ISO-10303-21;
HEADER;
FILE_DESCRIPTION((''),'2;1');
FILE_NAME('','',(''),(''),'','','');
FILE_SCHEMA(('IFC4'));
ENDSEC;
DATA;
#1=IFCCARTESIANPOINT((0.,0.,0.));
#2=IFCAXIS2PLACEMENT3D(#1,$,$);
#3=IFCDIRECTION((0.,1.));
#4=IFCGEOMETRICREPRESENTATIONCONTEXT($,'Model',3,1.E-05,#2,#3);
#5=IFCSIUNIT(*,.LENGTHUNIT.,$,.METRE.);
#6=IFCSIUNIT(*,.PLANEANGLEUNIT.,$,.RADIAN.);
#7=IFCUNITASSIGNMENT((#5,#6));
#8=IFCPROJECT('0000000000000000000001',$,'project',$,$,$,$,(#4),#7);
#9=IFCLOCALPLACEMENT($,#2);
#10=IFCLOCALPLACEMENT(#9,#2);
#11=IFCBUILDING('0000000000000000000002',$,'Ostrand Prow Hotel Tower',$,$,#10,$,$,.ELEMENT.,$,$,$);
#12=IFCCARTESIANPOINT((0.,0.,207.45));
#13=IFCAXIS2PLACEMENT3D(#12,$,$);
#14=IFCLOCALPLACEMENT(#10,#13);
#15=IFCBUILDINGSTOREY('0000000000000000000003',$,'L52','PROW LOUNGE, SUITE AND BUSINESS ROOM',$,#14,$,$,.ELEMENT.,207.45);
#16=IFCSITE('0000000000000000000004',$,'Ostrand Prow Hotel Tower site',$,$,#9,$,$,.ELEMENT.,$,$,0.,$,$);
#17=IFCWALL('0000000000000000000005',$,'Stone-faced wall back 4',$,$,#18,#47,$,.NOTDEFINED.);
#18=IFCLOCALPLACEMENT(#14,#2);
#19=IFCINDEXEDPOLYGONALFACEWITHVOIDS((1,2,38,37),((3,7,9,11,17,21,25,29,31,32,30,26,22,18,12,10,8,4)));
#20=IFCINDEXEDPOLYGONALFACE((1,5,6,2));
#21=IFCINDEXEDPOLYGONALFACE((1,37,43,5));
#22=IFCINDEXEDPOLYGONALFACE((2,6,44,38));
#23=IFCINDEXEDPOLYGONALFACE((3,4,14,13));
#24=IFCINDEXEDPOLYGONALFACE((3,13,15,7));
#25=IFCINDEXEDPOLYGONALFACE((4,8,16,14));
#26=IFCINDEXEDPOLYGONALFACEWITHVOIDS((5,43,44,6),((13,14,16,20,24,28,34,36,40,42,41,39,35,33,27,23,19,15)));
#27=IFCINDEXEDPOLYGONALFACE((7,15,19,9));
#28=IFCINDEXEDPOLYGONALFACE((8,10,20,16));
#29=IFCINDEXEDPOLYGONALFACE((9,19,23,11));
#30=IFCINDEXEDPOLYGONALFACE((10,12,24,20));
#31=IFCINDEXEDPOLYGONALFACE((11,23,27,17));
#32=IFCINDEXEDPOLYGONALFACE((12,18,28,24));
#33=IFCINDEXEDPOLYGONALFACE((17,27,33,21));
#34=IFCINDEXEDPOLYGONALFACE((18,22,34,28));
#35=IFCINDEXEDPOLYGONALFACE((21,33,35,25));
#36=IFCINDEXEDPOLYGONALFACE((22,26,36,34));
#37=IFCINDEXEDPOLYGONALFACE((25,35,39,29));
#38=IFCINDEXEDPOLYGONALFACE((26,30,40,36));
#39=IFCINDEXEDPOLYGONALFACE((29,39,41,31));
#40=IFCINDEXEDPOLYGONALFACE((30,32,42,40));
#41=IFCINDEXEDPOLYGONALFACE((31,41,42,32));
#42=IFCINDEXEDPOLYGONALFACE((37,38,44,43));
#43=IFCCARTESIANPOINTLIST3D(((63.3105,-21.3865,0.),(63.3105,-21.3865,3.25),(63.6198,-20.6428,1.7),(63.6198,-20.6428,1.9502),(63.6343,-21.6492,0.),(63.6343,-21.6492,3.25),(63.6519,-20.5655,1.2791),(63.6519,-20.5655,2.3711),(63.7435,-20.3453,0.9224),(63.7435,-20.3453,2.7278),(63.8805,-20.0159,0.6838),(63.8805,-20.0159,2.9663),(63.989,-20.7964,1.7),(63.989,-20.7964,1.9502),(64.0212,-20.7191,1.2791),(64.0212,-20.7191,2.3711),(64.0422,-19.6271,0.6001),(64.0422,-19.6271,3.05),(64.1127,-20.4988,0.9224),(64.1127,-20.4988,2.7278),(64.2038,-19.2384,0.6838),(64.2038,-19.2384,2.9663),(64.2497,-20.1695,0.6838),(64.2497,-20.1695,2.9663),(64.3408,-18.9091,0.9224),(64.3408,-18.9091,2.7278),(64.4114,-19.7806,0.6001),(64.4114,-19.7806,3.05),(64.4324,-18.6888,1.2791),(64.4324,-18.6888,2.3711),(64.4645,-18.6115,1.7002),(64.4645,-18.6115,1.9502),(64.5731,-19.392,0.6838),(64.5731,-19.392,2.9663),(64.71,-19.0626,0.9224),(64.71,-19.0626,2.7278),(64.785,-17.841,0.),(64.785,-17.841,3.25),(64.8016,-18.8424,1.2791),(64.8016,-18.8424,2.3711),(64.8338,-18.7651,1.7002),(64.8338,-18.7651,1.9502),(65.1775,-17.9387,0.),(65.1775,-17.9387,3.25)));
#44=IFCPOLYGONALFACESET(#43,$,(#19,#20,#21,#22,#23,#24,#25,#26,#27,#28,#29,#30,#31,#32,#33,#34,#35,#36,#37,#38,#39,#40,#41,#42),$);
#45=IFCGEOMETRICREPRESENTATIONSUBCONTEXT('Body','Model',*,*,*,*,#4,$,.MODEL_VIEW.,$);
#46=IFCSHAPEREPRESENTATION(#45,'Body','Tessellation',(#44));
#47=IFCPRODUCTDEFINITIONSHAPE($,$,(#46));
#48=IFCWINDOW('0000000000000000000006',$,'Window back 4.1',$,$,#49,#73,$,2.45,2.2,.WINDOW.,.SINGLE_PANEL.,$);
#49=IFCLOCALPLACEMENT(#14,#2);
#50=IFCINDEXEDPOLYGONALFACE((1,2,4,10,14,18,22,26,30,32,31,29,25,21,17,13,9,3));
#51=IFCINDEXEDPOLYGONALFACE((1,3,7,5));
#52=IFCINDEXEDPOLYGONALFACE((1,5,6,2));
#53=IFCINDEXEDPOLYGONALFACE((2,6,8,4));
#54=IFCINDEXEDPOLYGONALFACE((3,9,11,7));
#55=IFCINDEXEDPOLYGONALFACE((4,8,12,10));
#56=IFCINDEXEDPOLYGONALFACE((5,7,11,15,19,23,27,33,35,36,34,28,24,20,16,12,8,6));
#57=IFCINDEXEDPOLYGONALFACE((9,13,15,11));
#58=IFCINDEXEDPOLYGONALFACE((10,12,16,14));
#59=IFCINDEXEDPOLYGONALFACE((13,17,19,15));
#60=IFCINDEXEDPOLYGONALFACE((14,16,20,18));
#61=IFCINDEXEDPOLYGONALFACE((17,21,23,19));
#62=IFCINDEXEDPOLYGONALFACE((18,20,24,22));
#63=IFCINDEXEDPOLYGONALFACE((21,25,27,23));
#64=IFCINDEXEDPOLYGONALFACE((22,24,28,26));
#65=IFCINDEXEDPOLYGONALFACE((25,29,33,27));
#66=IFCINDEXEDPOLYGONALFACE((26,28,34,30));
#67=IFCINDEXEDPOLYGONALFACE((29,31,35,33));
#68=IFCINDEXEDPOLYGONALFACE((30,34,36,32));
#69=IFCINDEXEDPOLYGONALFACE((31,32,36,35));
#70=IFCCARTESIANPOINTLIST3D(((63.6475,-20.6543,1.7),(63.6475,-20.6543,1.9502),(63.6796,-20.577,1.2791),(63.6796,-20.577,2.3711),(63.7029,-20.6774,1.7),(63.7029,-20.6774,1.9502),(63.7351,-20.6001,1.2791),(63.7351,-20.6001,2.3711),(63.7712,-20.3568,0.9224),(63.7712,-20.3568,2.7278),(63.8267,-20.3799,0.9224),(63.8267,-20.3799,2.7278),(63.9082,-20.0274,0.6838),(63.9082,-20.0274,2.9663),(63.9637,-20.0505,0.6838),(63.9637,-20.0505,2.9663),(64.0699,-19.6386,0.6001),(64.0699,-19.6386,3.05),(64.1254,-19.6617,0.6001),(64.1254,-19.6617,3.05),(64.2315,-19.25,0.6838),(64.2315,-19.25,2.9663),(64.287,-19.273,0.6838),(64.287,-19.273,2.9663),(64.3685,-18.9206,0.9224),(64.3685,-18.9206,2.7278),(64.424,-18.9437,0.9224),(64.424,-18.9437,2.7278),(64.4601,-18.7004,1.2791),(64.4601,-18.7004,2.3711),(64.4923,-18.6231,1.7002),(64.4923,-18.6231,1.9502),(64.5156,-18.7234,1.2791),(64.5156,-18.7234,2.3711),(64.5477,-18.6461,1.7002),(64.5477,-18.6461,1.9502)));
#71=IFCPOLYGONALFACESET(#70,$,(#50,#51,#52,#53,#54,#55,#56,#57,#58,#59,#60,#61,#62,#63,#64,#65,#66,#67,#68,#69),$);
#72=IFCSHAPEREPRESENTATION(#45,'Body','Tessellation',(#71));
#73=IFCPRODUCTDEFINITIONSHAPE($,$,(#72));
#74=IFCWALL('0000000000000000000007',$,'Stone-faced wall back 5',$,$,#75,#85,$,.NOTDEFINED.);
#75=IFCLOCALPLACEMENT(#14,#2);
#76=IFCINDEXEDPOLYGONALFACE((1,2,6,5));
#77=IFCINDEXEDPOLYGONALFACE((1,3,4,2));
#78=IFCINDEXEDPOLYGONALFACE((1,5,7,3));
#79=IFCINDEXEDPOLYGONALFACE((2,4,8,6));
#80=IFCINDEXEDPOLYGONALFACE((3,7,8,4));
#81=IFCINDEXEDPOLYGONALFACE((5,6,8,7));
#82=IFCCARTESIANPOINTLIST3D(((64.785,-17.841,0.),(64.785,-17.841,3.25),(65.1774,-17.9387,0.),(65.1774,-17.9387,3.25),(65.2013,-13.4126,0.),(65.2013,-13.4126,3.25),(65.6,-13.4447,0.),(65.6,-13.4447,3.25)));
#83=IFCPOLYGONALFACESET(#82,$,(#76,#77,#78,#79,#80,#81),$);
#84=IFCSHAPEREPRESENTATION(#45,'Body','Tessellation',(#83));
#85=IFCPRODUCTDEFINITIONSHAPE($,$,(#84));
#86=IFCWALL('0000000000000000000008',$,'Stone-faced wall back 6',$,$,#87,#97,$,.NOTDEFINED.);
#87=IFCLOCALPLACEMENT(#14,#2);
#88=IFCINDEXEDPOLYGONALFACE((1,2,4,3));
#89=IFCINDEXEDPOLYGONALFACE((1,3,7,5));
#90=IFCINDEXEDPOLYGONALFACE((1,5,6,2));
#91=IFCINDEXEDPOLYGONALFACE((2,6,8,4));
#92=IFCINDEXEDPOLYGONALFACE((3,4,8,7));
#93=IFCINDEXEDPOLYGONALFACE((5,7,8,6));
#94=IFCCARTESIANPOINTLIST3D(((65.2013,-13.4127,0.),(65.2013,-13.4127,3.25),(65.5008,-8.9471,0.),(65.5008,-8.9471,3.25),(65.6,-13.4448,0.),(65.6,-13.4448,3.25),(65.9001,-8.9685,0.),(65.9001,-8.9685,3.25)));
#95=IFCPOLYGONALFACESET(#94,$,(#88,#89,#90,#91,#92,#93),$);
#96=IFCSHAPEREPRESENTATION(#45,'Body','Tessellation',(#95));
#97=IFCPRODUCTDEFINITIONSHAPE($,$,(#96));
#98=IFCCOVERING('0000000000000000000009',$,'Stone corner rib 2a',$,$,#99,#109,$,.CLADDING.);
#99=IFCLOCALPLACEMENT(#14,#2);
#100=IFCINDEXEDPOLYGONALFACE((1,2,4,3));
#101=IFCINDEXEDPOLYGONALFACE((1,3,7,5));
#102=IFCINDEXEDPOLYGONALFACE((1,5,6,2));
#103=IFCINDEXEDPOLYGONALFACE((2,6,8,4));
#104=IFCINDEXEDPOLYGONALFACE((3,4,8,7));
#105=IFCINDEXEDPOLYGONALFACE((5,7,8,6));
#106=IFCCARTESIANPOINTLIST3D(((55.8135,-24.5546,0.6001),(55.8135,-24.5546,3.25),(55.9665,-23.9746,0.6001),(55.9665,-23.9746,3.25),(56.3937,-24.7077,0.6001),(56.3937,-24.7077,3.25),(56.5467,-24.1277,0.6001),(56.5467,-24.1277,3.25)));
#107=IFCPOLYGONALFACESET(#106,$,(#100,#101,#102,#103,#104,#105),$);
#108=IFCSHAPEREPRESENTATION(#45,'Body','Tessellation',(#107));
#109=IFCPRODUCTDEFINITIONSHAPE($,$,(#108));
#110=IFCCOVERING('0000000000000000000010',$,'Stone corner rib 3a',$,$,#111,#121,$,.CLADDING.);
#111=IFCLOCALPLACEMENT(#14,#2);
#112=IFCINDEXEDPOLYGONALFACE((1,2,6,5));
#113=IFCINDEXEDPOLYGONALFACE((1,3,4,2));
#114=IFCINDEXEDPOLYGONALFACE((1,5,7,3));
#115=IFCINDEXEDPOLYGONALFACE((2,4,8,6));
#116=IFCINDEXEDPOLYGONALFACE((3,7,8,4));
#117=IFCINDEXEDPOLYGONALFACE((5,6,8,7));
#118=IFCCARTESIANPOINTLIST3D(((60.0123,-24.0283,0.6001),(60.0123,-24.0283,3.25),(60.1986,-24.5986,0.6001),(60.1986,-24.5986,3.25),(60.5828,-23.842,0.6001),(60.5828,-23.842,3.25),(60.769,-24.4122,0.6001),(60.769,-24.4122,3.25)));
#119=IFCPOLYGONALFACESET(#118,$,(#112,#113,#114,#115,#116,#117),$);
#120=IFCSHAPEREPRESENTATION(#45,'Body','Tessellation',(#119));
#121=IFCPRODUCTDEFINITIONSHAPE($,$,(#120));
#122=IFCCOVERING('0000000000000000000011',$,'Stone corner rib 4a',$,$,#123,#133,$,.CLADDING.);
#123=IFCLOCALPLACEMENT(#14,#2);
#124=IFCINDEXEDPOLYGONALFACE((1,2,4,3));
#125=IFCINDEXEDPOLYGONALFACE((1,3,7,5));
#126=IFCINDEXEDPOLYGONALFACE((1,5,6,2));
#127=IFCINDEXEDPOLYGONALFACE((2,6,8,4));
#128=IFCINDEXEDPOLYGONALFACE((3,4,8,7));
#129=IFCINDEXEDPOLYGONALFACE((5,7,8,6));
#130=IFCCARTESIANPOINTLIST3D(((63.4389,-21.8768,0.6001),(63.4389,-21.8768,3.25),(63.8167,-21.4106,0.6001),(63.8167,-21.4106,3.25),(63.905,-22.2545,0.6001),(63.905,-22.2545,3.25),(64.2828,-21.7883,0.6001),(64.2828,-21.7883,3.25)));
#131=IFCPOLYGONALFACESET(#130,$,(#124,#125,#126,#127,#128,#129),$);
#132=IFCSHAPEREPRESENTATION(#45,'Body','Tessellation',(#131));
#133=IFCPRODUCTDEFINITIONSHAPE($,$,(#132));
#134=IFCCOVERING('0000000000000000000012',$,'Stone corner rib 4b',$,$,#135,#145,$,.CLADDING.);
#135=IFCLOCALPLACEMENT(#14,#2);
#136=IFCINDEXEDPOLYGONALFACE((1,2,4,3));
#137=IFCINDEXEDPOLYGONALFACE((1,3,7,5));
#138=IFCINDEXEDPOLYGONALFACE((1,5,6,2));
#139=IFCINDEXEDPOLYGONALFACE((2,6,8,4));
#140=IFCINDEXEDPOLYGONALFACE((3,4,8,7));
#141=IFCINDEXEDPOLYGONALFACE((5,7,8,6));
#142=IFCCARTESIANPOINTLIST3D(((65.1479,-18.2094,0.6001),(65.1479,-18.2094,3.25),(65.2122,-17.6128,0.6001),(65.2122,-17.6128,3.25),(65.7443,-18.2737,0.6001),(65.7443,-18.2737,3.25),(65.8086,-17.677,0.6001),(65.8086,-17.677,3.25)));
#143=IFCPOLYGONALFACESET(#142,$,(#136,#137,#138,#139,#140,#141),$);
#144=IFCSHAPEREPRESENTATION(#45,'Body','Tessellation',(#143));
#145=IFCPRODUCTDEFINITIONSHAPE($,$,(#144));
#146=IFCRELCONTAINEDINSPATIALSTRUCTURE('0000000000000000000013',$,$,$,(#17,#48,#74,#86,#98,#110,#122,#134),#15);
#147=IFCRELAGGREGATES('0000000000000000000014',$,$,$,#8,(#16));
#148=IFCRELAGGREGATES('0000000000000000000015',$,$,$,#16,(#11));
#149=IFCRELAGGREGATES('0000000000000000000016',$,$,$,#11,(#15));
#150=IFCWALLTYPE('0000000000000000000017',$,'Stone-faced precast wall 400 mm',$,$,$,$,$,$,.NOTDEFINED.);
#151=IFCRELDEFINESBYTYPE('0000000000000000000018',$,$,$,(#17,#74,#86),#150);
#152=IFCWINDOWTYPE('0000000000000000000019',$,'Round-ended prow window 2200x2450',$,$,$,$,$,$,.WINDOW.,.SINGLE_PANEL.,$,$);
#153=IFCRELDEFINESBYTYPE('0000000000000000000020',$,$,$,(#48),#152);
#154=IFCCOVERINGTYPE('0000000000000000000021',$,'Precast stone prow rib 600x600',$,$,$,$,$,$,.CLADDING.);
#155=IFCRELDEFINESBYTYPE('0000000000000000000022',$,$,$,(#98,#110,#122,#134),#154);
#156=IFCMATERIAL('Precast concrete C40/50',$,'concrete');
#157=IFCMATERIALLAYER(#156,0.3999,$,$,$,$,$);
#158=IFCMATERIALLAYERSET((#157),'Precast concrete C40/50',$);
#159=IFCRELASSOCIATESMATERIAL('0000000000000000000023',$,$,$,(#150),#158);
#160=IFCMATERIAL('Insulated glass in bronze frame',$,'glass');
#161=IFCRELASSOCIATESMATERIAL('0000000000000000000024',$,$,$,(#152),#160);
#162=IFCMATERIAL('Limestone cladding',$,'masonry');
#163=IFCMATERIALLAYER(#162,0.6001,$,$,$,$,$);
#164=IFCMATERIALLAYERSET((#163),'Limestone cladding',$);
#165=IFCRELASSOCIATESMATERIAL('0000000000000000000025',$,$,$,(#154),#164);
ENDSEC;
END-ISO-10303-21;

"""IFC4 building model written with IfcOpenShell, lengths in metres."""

from ifc_helpers import new_model, si_unit, direction, frame, frame_2d, origin, place, context, subcontext, project, spatial, polyline, rectangle, outline, extrude, material, layer, layer_set, type_object, element, fill, save


model = new_model("IFC4")

# Units and contexts
model_context = context("Model", 3, precision=1e-05, world=origin(), true_north=direction((0.0, 1.0)))
body_context = subcontext(model_context, "Body", "Model", "MODEL_VIEW")
ifc_project = project(units=[si_unit("LENGTHUNIT", "METRE"), si_unit("PLANEANGLEUNIT", "RADIAN")], contexts=[model_context])

# Site, building, storey
site_placement = place(None, origin())
site = spatial("IfcSite", under=ifc_project, at=site_placement, Name="Ostrand Prow Hotel Tower site", CompositionType="ELEMENT", RefElevation=0.0)
building_placement = place(site_placement, origin())
building = spatial("IfcBuilding", under=site, at=building_placement, Name="Ostrand Prow Hotel Tower", CompositionType="ELEMENT")
storey_placement = place(building_placement, frame((0.0, 0.0, 207.45)))
storey = spatial("IfcBuildingStorey", under=building, at=storey_placement, Name="L52", Description="PROW LOUNGE, SUITE AND BUSINESS ROOM", CompositionType="ELEMENT", Elevation=207.45)

# Wall, opening, window
ifc_material_1 = material(Name="Precast concrete C40/50", Category="concrete")
ifc_layer_1 = layer(ifc_material_1, 0.3999)
ifc_layer_set_1 = layer_set([ifc_layer_1], Name="Precast concrete C40/50")
wall_type_1 = type_object("IfcWallType", Name="Stone-faced precast wall 400 mm", PredefinedType="NOTDEFINED", material=ifc_layer_set_1)
ifc_material_2 = material(Name="Insulated glass in bronze frame", Category="glass")
window_type = type_object("IfcWindowType", Name="Round-ended prow window 2200x2450", PartitioningType="SINGLE_PANEL", PredefinedType="WINDOW", material=ifc_material_2)
wall_1_placement = place(storey_placement, frame((63.4724, -21.5178, 0.0), z_axis=(0.0, 0.0, 1.0), x_axis=(0.383998, 0.923334, 0.0)))
wall_1 = element("IfcWall", 1, at=wall_1_placement, inside=storey, type_object=wall_type_1, Name="Stone-faced wall back 4", PredefinedType="NOTDEFINED", context=body_context, shape_type="SweptSolid", body=[
    extrude(outline(polyline([(-0.0591, -0.2), (3.9595, -0.2), (3.8989, 0.2), (0.0591, 0.2), (-0.0591, -0.2)])), origin(), (0.0, 0.0, 1.0), 3.25),
])
opening_1_placement = place(wall_1_placement, frame((0.8645, 0.0, 0.6001)))
opening_1 = element("IfcOpeningElement", 2, at=opening_1_placement, cuts=wall_1, PredefinedType="OPENING", context=body_context, shape_type="SweptSolid", body=[
    extrude(outline(polyline([(0.0, 1.3501), (0.0837, 1.771), (0.3223, 2.1277), (0.679, 2.3662), (1.1001, 2.45), (1.521, 2.3662), (1.8777, 2.1277), (2.1162, 1.771), (2.2, 1.3501), (2.2, 1.1001), (2.1162, 0.679), (1.8777, 0.3223), (1.521, 0.0837), (1.1001, 0.0), (0.679, 0.0837), (0.3223, 0.3223), (0.0837, 0.679), (0.0, 1.0999), (0.0, 1.3501)])), frame((0.0, 0.21, 0.0), z_axis=(0.0, -1.0, 0.0), x_axis=(1.0, 0.0, 0.0)), (0.0, 0.0, 1.0), 0.4199),
])
window_1_placement = place(opening_1_placement, origin())
window_1 = element("IfcWindow", 3, at=window_1_placement, inside=storey, type_object=window_type, Name="Window back 4.1", OverallHeight=2.45, OverallWidth=2.2, PartitioningType="SINGLE_PANEL", PredefinedType="WINDOW", context=body_context, shape_type="SweptSolid", body=[
    extrude(outline(polyline([(0.0, 1.3501), (0.0837, 1.771), (0.3223, 2.1277), (0.679, 2.3662), (1.1001, 2.45), (1.521, 2.3662), (1.8777, 2.1277), (2.1162, 1.771), (2.2, 1.3501), (2.2, 1.1001), (2.1162, 0.679), (1.8777, 0.3223), (1.521, 0.0837), (1.1001, 0.0), (0.679, 0.0837), (0.3223, 0.3223), (0.0837, 0.679), (0.0, 1.0999), (0.0, 1.3501)])), frame((0.0, 0.1699, 0.0), z_axis=(0.0, -1.0, 0.0), x_axis=(1.0, 0.0, 0.0)), (0.0, 0.0, 1.0), 0.0601),
])
fill(opening_1, window_1)

# Walls
wall_2_placement = place(storey_placement, frame((64.9812, -17.8899, 0.0), z_axis=(0.0, 0.0, 1.0), x_axis=(0.093606, 0.995609, 0.0)))
element("IfcWall", 4, at=wall_2_placement, inside=storey, type_object=wall_type_1, Name="Stone-faced wall back 5", PredefinedType="NOTDEFINED", context=body_context, shape_type="SweptSolid", body=[
    extrude(outline(polyline([(-0.0303, -0.2), (4.4836, -0.2), (4.4783, 0.2), (0.0303, 0.2), (-0.0303, -0.2)])), origin(), (0.0, 0.0, 1.0), 3.25),
])
wall_3_placement = place(storey_placement, frame((65.4006, -13.4287, 0.0), z_axis=(0.0, 0.0, 1.0), x_axis=(0.066906, 0.997759, 0.0)))
element("IfcWall", 5, at=wall_3_placement, inside=storey, type_object=wall_type_1, Name="Stone-faced wall back 6", PredefinedType="NOTDEFINED", context=body_context, shape_type="SweptSolid", body=[
    extrude(outline(polyline([(-0.0027, -0.2), (4.4836, -0.2), (4.4783, 0.2), (0.0027, 0.2), (-0.0027, -0.2)])), origin(), (0.0, 0.0, 1.0), 3.25),
])

# Coverings
ifc_material_3 = material(Name="Limestone cladding", Category="masonry")
ifc_layer_2 = layer(ifc_material_3, 0.6001)
ifc_layer_set_2 = layer_set([ifc_layer_2], Name="Limestone cladding")
covering_type = type_object("IfcCoveringType", Name="Precast stone prow rib 600x600", PredefinedType="CLADDING", material=ifc_layer_set_2)
for number, where, z_axis, x_axis, name in (
    (6, (56.2566, -24.0513, 0.6001), (0.0, 0.0, 1.0), (-0.255154, -0.9669, 0.0), "Stone corner rib 2a"),
    (7, (60.2976, -23.9353, 0.6001), (0.0, 0.0, 1.0), (0.310484, -0.950578, 0.0), "Stone corner rib 3a"),
    (8, (63.6279, -21.6438, 0.6001), (0.0, 0.0, 1.0), (0.776923, -0.629596, 0.0), "Stone corner rib 4a"),
    (9, (65.1802, -17.9111, 0.6001), (0.0, 0.0, 1.0), (0.994255, -0.107036, 0.0), "Stone corner rib 4b"),
):
    element("IfcCovering", number, at=place(storey_placement, frame(where, z_axis=z_axis, x_axis=x_axis)), inside=storey, type_object=covering_type, Name=name, PredefinedType="CLADDING", context=body_context, shape_type="SweptSolid", body=[
        extrude(rectangle(XDim=0.5999, YDim=0.6001, at=frame_2d((0.2998, 0.0))), origin(), (0.0, 0.0, 1.0), 2.6499),
    ])

save(model, "model.ifc")
